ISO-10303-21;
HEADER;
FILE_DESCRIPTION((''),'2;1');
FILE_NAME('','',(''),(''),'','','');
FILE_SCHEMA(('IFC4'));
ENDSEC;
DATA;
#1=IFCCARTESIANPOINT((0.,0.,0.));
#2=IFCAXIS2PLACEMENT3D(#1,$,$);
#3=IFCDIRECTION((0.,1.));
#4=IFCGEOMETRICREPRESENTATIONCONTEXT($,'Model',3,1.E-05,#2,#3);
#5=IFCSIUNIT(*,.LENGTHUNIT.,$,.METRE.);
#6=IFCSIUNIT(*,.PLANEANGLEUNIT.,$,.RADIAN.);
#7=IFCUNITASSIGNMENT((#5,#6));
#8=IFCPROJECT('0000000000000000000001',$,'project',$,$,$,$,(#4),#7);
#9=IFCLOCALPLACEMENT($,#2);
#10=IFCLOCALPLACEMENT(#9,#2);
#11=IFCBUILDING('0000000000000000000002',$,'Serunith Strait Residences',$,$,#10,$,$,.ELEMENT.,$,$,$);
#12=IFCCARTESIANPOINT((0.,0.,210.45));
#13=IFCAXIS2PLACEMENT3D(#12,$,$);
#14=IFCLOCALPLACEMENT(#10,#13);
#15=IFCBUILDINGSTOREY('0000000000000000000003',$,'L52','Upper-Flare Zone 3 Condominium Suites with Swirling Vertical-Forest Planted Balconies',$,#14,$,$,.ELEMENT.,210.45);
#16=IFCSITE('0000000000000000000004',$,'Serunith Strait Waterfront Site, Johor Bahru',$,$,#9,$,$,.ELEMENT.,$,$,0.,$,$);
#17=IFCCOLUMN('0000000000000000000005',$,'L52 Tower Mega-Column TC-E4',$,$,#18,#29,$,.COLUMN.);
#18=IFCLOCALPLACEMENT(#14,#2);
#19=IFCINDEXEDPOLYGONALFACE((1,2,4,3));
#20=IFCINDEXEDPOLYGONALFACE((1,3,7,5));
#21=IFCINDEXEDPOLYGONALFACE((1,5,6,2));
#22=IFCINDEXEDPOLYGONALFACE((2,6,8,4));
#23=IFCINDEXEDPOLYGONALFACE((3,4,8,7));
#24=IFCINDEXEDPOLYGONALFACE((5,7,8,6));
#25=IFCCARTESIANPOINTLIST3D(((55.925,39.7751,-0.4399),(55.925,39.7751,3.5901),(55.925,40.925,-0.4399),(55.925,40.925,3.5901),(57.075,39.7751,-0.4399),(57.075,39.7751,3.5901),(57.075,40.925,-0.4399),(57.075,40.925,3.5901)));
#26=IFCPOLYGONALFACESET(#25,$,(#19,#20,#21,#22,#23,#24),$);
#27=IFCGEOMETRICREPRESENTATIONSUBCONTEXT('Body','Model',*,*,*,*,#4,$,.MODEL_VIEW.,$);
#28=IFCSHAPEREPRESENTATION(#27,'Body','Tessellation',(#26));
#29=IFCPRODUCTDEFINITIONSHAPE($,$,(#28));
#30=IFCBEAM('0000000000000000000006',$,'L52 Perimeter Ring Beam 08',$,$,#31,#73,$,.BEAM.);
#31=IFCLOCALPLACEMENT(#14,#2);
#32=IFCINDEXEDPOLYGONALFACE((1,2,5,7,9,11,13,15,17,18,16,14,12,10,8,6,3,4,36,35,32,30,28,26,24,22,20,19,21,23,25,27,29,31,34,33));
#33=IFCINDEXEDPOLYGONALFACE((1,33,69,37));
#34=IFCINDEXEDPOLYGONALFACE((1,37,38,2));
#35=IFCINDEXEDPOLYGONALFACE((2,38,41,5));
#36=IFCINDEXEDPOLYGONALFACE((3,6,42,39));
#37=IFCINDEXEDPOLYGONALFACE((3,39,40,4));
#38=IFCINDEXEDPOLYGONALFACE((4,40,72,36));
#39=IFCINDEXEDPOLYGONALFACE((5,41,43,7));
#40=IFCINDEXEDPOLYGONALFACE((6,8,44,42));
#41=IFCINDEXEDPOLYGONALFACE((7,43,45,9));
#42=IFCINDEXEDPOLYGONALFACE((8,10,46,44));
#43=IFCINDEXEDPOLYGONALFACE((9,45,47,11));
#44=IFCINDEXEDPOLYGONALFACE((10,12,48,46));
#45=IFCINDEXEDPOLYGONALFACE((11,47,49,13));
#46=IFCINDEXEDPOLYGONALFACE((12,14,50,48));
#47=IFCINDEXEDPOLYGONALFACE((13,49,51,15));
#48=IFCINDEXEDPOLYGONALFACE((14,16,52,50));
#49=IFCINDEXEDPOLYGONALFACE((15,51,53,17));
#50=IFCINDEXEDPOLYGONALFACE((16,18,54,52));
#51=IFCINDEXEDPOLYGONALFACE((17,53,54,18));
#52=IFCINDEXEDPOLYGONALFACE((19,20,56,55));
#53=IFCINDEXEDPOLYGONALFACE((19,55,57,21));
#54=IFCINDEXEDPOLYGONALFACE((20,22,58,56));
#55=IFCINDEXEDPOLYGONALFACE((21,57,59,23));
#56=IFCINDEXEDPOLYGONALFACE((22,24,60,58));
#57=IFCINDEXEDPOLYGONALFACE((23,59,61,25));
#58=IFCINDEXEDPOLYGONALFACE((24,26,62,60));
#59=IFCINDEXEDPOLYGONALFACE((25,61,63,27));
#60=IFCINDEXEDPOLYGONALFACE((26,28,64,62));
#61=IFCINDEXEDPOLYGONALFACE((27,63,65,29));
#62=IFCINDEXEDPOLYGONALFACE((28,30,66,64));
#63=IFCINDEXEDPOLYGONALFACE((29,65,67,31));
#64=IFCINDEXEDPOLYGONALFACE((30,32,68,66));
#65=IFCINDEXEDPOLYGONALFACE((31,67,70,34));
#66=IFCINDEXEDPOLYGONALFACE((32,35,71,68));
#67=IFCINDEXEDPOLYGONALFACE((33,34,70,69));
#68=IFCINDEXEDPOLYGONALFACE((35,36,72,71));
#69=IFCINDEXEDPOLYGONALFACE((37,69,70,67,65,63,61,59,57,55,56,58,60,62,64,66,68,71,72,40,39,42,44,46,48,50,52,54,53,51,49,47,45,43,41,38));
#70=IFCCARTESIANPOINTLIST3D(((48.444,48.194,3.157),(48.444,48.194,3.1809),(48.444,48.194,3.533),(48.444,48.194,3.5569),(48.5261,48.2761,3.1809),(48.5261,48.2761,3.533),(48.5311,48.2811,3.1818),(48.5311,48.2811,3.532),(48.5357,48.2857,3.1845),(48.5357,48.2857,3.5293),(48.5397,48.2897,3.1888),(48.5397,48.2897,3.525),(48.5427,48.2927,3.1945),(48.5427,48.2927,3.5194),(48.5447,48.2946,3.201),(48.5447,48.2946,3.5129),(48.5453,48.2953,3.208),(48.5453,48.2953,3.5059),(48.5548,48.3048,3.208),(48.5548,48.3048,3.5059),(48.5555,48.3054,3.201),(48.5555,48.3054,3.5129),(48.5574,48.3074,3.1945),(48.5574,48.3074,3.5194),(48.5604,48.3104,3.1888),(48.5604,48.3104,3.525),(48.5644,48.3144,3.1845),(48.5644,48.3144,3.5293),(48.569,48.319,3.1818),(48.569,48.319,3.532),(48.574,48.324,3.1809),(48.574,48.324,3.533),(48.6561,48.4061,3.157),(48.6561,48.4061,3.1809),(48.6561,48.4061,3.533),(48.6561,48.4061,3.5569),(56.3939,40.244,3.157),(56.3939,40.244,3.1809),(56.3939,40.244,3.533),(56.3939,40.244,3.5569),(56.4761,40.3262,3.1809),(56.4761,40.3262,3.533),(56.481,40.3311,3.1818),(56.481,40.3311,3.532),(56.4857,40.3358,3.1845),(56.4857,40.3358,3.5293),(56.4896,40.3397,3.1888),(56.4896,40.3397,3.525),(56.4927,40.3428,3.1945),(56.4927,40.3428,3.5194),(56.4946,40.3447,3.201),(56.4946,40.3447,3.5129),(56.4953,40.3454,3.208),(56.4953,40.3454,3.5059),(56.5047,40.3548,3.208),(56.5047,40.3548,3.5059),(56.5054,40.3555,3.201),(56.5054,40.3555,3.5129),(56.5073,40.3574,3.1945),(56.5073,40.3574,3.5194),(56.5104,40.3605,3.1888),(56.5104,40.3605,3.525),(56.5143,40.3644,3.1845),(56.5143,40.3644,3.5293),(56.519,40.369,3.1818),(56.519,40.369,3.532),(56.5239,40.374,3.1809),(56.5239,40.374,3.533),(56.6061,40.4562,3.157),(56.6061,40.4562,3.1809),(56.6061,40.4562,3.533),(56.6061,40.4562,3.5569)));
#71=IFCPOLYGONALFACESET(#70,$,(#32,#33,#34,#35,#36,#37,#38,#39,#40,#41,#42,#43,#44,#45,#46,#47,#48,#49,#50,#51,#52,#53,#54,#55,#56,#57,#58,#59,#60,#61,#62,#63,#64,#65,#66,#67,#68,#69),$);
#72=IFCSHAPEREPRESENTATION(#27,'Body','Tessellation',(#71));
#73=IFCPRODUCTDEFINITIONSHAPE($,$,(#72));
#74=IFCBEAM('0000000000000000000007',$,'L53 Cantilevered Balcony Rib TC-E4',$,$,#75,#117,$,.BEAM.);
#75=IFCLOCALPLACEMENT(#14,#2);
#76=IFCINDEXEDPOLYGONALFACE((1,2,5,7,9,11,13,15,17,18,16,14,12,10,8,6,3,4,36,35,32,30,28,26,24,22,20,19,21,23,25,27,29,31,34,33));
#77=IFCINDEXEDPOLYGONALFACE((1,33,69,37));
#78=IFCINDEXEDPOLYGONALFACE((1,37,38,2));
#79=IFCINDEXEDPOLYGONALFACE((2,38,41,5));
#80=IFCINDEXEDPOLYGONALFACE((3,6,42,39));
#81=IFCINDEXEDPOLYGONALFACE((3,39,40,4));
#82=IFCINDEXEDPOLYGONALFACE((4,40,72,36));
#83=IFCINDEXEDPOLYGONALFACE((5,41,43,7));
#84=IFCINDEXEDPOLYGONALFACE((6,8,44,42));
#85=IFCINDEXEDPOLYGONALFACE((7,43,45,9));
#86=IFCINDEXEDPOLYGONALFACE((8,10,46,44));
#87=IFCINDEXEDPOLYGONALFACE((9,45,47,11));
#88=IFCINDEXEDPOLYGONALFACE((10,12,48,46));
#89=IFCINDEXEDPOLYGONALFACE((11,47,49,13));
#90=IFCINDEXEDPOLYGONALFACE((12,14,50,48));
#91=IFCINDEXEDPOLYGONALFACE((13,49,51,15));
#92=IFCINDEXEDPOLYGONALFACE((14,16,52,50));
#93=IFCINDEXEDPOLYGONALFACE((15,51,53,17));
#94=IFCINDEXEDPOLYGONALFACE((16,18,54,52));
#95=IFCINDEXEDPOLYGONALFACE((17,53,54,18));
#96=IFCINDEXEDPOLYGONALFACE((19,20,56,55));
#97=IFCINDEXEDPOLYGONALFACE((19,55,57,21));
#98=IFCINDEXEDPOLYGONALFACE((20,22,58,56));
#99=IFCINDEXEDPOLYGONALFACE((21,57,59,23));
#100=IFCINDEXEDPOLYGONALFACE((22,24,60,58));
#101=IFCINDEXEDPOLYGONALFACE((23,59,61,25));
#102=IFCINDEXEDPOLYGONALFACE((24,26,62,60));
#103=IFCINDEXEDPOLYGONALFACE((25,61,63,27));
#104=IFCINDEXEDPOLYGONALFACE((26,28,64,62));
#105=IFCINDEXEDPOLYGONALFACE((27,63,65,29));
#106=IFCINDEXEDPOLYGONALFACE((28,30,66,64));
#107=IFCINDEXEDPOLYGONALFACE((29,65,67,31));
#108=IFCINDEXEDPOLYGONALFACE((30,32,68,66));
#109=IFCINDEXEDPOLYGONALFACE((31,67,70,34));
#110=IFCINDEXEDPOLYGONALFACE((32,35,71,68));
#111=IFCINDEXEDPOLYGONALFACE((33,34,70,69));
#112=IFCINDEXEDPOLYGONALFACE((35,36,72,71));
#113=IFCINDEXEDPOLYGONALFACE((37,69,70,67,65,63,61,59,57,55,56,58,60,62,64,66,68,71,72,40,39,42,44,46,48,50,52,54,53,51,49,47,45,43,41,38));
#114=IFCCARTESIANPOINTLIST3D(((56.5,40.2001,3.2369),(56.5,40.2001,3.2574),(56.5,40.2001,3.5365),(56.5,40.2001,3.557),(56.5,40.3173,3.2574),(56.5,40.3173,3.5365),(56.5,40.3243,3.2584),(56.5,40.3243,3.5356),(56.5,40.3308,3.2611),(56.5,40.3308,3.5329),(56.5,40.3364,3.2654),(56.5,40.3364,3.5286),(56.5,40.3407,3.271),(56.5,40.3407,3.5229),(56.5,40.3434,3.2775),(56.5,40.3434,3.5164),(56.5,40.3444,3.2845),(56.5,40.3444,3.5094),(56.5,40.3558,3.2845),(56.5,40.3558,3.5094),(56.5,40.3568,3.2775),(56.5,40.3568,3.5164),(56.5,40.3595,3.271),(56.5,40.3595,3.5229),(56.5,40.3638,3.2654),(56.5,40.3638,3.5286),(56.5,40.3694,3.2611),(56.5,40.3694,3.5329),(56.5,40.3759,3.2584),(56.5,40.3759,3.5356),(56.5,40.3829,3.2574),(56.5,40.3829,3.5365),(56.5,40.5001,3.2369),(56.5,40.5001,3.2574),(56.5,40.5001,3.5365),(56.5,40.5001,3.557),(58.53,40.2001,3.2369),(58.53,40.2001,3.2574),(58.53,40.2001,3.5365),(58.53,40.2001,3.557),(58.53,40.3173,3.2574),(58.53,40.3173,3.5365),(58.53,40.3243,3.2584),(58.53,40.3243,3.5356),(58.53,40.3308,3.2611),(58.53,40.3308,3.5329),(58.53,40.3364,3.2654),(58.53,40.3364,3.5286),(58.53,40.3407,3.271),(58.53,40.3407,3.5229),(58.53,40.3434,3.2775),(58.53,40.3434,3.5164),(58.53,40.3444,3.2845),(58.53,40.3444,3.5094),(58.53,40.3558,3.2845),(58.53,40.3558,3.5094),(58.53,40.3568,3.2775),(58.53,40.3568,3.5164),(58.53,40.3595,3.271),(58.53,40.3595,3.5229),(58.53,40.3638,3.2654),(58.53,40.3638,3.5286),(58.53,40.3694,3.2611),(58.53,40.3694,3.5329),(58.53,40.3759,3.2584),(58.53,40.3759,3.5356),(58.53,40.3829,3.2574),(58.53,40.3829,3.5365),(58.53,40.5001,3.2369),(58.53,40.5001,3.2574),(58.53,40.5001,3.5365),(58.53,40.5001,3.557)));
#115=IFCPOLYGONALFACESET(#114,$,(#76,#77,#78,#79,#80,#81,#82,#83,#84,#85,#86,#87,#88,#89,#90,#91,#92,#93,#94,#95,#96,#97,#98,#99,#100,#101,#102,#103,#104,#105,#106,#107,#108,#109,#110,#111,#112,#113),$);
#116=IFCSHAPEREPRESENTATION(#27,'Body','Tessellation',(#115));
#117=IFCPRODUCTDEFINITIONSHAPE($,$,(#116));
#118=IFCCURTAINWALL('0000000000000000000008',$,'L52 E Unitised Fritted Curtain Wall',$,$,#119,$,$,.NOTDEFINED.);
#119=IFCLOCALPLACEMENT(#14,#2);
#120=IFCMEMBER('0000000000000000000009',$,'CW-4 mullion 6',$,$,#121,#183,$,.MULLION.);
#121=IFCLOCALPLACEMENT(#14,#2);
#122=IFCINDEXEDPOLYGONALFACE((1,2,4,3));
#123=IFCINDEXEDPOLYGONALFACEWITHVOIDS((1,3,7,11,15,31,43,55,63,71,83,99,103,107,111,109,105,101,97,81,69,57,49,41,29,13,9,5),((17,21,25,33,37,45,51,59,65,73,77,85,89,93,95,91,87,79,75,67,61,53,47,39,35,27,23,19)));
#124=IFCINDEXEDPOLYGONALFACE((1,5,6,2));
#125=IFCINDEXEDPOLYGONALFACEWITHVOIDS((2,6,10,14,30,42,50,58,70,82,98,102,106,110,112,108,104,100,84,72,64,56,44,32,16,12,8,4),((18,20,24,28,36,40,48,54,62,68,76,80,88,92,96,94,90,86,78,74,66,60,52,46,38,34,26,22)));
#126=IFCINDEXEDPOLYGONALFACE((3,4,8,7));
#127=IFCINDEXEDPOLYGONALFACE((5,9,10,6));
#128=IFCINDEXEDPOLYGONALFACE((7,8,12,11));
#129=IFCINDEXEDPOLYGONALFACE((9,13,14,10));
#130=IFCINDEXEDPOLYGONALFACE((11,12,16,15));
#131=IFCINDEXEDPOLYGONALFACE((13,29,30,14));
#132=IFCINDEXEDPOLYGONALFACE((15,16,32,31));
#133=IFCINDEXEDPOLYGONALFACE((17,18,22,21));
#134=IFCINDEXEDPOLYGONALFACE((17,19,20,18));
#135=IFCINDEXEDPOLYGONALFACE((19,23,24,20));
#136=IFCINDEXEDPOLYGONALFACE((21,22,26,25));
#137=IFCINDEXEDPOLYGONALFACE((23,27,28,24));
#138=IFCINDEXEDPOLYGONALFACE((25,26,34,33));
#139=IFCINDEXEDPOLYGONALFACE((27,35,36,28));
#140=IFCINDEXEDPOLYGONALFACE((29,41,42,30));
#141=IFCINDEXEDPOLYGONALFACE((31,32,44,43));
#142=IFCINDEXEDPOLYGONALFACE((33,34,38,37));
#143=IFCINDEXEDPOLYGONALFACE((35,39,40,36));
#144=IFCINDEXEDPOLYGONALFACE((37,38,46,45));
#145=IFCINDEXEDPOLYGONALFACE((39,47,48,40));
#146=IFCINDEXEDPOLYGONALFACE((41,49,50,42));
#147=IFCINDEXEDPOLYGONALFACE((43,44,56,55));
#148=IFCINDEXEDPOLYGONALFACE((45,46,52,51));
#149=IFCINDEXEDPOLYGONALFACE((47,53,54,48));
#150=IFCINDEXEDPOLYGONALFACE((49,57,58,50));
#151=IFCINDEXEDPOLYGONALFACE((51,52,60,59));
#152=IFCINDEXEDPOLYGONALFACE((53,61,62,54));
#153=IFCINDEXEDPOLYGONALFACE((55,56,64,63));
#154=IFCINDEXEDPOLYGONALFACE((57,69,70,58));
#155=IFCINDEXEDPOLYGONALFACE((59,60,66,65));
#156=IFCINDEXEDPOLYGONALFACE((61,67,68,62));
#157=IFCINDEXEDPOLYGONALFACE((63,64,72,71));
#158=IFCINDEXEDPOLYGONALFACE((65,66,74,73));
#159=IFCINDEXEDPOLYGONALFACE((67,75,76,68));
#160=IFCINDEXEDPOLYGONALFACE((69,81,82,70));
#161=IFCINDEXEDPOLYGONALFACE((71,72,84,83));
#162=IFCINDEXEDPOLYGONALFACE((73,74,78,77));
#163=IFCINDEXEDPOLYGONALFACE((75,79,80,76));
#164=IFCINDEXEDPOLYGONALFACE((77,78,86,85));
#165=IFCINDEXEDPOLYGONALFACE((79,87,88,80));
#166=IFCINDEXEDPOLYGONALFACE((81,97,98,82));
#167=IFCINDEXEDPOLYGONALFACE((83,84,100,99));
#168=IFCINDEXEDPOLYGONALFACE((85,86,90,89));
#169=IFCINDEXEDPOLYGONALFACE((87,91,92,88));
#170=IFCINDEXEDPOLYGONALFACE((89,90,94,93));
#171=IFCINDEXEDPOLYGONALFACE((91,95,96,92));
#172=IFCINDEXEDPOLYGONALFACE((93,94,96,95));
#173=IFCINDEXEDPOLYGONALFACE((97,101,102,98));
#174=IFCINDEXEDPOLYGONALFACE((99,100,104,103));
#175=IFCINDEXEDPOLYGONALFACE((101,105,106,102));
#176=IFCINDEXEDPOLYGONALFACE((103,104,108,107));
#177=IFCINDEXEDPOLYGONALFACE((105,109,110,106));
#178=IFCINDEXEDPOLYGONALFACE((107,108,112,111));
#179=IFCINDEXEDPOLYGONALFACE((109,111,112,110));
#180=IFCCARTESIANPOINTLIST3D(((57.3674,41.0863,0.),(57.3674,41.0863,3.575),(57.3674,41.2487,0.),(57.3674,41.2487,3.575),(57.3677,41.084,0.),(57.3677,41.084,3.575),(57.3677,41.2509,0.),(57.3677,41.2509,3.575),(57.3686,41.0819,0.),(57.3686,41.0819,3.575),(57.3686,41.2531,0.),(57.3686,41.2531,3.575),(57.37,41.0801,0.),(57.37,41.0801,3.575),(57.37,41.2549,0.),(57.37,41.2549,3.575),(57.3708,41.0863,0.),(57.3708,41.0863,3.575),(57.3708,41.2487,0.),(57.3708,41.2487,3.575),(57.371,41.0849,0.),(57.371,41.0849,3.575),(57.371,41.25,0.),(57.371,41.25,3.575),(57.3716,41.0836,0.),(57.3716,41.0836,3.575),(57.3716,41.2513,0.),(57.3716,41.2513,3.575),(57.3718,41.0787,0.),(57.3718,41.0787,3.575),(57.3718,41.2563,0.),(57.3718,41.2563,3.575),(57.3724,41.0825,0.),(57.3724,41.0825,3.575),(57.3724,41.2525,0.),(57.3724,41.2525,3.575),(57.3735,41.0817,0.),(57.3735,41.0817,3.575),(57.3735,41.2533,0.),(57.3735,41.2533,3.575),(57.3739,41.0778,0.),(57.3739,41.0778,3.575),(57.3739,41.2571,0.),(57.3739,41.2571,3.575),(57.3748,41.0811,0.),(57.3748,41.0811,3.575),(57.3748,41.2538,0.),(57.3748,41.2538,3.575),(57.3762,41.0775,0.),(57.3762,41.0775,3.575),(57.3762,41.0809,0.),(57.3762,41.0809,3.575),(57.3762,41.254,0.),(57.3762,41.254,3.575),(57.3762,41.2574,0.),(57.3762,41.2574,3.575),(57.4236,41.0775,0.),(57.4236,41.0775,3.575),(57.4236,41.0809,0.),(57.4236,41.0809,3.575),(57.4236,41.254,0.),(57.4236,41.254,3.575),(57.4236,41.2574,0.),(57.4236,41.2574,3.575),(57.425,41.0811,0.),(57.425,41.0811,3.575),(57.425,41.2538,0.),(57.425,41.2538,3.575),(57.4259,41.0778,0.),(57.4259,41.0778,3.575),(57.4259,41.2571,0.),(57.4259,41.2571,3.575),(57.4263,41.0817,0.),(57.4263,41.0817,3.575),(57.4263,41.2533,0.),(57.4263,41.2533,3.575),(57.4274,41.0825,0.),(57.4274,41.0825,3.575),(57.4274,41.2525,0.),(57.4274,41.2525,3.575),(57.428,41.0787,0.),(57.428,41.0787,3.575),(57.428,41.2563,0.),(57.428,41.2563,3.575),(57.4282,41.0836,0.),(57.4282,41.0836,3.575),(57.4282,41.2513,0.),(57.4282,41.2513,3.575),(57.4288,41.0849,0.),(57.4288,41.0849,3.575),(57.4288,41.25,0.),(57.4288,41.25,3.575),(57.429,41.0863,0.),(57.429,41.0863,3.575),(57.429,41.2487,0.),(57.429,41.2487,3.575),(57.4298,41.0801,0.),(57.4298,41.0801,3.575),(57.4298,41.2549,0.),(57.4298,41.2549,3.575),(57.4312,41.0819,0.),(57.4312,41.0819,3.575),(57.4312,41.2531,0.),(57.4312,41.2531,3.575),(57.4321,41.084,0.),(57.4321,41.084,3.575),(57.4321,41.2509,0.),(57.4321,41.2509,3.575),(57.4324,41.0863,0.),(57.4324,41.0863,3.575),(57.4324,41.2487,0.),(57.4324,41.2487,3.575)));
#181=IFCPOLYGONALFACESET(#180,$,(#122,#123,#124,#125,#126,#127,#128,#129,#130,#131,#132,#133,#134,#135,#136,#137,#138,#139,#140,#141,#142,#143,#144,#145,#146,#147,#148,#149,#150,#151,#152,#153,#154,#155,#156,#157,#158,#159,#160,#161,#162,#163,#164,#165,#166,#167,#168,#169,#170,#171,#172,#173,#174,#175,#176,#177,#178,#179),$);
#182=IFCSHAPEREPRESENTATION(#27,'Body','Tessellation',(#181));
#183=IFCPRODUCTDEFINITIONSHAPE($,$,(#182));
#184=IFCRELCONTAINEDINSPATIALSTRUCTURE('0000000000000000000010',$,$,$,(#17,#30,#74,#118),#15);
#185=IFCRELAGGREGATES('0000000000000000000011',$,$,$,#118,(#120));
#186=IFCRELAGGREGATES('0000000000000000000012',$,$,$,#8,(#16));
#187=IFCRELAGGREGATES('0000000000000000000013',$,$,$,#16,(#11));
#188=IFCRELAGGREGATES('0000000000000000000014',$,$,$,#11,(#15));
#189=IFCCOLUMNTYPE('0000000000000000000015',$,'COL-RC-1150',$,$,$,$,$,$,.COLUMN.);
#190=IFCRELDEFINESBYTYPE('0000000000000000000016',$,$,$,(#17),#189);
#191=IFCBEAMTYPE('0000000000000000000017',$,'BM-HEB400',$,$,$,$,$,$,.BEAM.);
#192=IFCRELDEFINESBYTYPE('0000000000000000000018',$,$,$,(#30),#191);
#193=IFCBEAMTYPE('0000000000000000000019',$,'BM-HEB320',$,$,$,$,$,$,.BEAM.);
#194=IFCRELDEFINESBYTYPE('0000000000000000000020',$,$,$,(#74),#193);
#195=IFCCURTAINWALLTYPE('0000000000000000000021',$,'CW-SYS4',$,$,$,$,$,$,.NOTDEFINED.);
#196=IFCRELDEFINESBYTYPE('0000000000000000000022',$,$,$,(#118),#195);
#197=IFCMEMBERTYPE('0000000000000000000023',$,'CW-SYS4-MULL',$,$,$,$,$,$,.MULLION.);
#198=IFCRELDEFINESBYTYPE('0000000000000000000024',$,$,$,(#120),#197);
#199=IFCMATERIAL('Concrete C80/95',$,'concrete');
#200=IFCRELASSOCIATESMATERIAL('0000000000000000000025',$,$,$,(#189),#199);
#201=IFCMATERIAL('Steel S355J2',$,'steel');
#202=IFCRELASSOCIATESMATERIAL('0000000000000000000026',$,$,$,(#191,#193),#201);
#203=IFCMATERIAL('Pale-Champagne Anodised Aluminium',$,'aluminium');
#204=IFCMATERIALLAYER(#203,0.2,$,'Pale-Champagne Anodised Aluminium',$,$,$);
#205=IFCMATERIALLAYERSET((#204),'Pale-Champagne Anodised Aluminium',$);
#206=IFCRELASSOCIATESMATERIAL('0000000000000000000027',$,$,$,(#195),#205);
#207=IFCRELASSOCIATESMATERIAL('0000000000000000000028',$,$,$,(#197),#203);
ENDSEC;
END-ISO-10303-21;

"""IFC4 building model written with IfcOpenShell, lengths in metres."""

from ifc_helpers import new_model, si_unit, direction, frame, origin, origin_2d, place, context, subcontext, project, spatial, rectangle, hollow_rectangle, i_section, extrude, source, transform, mapped, material, layer, layer_set, material_profile, profile_set, type_object, element, aggregate, save


model = new_model("IFC4")

# Units and contexts
model_context = context("Model", 3, precision=1e-05, world=origin(), true_north=direction((0.0, 1.0)))
body_context = subcontext(model_context, "Body", "Model", "MODEL_VIEW")
ifc_project = project(units=[si_unit("LENGTHUNIT", "METRE"), si_unit("PLANEANGLEUNIT", "RADIAN")], contexts=[model_context])

# Site, building, storey
site_placement = place(None, origin())
site = spatial("IfcSite", under=ifc_project, at=site_placement, Name="Serunith Strait Waterfront Site, Johor Bahru", CompositionType="ELEMENT", RefElevation=0.0)
building_placement = place(site_placement, origin())
building = spatial("IfcBuilding", under=site, at=building_placement, Name="Serunith Strait Residences", CompositionType="ELEMENT")
storey_placement = place(building_placement, frame((0.0, 0.0, 210.45)))
storey = spatial("IfcBuildingStorey", under=building, at=storey_placement, Name="L52", Description="Upper-Flare Zone 3 Condominium Suites with Swirling Vertical-Forest Planted Balconies", CompositionType="ELEMENT", Elevation=210.45)

# Column
ifc_material_1 = material(Name="Concrete C80/95", Category="concrete")
ifc_material_profile_1 = material_profile(ifc_material_1, rectangle(XDim=1.1499, YDim=1.1499, at=origin_2d()), Name="RC 1150x1150")
ifc_profile_set_1 = profile_set([ifc_material_profile_1], Name="Concrete C80/95")
column_type = type_object("IfcColumnType", Name="COL-RC-1150", PredefinedType="COLUMN", material=ifc_profile_set_1)
shared_shape_1 = source(origin(), body_context, "Body", "SweptSolid", [
    extrude(rectangle(XDim=1.1499, YDim=1.1499, at=origin_2d()), origin(), (0.0, 0.0, 1.0), 4.03),
])
column_placement = place(storey_placement, frame((56.5, 40.3501, -0.4399), z_axis=(0.0, 0.0, 1.0), x_axis=(1.0, 0.0, 0.0)))
element("IfcColumn", 1, at=column_placement, inside=storey, type_object=column_type, Name="L52 Tower Mega-Column TC-E4", PredefinedType="COLUMN", context=body_context, shape_type="MappedRepresentation", body=[
    mapped(shared_shape_1, transform((0.0, 0.0, 0.0), scale=1.0)),
])

# Beams
ifc_material_2 = material(Name="Steel S355J2", Category="steel")
ifc_material_profile_2 = material_profile(ifc_material_2, i_section(OverallWidth=0.3, OverallDepth=0.3999, WebThickness=0.0134, FlangeThickness=0.0239, FilletRadius=0.0271, at=origin_2d()), Name="HEB 400")
ifc_profile_set_2 = profile_set([ifc_material_profile_2], Name="Steel S355J2")
beam_type_1 = type_object("IfcBeamType", Name="BM-HEB400", PredefinedType="BEAM", material=ifc_profile_set_2)
shared_shape_2 = source(origin(), body_context, "Body", "SweptSolid", [
    extrude(i_section(OverallWidth=0.3, OverallDepth=0.3999, WebThickness=0.0134, FlangeThickness=0.0239, FilletRadius=0.0271, at=origin_2d()), origin(), (0.0, 0.0, 1.0), 11.2429),
])
beam_1_placement = place(storey_placement, frame((56.5, 40.3501, 3.3569), z_axis=(-0.707107, 0.707107, 0.0), x_axis=(-0.707107, -0.707107, 0.0)))
element("IfcBeam", 2, at=beam_1_placement, inside=storey, type_object=beam_type_1, Name="L52 Perimeter Ring Beam 08", PredefinedType="BEAM", context=body_context, shape_type="MappedRepresentation", body=[
    mapped(shared_shape_2, transform((0.0, 0.0, 0.0), scale=1.0)),
])
ifc_material_profile_3 = material_profile(ifc_material_2, i_section(OverallWidth=0.3, OverallDepth=0.3201, WebThickness=0.0115, FlangeThickness=0.0205, FilletRadius=0.0271, at=origin_2d()), Name="HEB 320")
ifc_profile_set_3 = profile_set([ifc_material_profile_3], Name="Steel S355J2")
beam_type_2 = type_object("IfcBeamType", Name="BM-HEB320", PredefinedType="BEAM", material=ifc_profile_set_3)
shared_shape_3 = source(origin(), body_context, "Body", "SweptSolid", [
    extrude(i_section(OverallWidth=0.3, OverallDepth=0.3201, WebThickness=0.0115, FlangeThickness=0.0205, FilletRadius=0.0271, at=origin_2d()), origin(), (0.0, 0.0, 1.0), 2.03),
])
beam_2_placement = place(storey_placement, frame((56.5, 40.3501, 3.397), z_axis=(1.0, 0.0, 0.0), x_axis=(0.0, 1.0, 0.0)))
element("IfcBeam", 3, at=beam_2_placement, inside=storey, type_object=beam_type_2, Name="L53 Cantilevered Balcony Rib TC-E4", PredefinedType="BEAM", context=body_context, shape_type="MappedRepresentation", body=[
    mapped(shared_shape_3, transform((0.0, 0.0, 0.0), scale=1.0)),
])

# Curtain wall, member
ifc_material_3 = material(Name="Pale-Champagne Anodised Aluminium", Category="aluminium")
ifc_layer_1 = layer(ifc_material_3, 0.2, Name="Pale-Champagne Anodised Aluminium")
ifc_layer_set_1 = layer_set([ifc_layer_1], Name="Pale-Champagne Anodised Aluminium")
curtain_wall_type = type_object("IfcCurtainWallType", Name="CW-SYS4", PredefinedType="NOTDEFINED", material=ifc_layer_set_1)
curtain_wall_1_placement = place(storey_placement, origin())
curtain_wall_1 = element("IfcCurtainWall", 4, at=curtain_wall_1_placement, inside=storey, type_object=curtain_wall_type, Name="L52 E Unitised Fritted Curtain Wall", PredefinedType="NOTDEFINED")
ifc_material_profile_4 = material_profile(ifc_material_3, hollow_rectangle(XDim=0.0649, YDim=0.1799, WallThickness=0.0034, InnerFilletRadius=0.0054, OuterFilletRadius=0.0088, at=origin_2d()), Name="ALU 180x65x3.5")
ifc_profile_set_4 = profile_set([ifc_material_profile_4], Name="Pale-Champagne Anodised Aluminium")
member_type_1 = type_object("IfcMemberType", Name="CW-SYS4-MULL", PredefinedType="MULLION", material=ifc_profile_set_4)
shared_shape_4 = source(origin(), body_context, "Body", "SweptSolid", [
    extrude(hollow_rectangle(XDim=0.0649, YDim=0.1799, WallThickness=0.0034, InnerFilletRadius=0.0054, OuterFilletRadius=0.0088, at=origin_2d()), origin(), (0.0, 0.0, 1.0), 3.575),
])
member_1_placement = place(storey_placement, frame((57.3999, 41.1675, 0.0), z_axis=(0.0, 0.0, 1.0), x_axis=(-1.0, 0.0, 0.0)))
member_1 = element("IfcMember", 5, at=member_1_placement, type_object=member_type_1, Name="CW-4 mullion 6", PredefinedType="MULLION", context=body_context, shape_type="MappedRepresentation", body=[
    mapped(shared_shape_4, transform((0.0, 0.0, 0.0), scale=1.0)),
])

aggregate(curtain_wall_1, [member_1])

save(model, "model.ifc")
